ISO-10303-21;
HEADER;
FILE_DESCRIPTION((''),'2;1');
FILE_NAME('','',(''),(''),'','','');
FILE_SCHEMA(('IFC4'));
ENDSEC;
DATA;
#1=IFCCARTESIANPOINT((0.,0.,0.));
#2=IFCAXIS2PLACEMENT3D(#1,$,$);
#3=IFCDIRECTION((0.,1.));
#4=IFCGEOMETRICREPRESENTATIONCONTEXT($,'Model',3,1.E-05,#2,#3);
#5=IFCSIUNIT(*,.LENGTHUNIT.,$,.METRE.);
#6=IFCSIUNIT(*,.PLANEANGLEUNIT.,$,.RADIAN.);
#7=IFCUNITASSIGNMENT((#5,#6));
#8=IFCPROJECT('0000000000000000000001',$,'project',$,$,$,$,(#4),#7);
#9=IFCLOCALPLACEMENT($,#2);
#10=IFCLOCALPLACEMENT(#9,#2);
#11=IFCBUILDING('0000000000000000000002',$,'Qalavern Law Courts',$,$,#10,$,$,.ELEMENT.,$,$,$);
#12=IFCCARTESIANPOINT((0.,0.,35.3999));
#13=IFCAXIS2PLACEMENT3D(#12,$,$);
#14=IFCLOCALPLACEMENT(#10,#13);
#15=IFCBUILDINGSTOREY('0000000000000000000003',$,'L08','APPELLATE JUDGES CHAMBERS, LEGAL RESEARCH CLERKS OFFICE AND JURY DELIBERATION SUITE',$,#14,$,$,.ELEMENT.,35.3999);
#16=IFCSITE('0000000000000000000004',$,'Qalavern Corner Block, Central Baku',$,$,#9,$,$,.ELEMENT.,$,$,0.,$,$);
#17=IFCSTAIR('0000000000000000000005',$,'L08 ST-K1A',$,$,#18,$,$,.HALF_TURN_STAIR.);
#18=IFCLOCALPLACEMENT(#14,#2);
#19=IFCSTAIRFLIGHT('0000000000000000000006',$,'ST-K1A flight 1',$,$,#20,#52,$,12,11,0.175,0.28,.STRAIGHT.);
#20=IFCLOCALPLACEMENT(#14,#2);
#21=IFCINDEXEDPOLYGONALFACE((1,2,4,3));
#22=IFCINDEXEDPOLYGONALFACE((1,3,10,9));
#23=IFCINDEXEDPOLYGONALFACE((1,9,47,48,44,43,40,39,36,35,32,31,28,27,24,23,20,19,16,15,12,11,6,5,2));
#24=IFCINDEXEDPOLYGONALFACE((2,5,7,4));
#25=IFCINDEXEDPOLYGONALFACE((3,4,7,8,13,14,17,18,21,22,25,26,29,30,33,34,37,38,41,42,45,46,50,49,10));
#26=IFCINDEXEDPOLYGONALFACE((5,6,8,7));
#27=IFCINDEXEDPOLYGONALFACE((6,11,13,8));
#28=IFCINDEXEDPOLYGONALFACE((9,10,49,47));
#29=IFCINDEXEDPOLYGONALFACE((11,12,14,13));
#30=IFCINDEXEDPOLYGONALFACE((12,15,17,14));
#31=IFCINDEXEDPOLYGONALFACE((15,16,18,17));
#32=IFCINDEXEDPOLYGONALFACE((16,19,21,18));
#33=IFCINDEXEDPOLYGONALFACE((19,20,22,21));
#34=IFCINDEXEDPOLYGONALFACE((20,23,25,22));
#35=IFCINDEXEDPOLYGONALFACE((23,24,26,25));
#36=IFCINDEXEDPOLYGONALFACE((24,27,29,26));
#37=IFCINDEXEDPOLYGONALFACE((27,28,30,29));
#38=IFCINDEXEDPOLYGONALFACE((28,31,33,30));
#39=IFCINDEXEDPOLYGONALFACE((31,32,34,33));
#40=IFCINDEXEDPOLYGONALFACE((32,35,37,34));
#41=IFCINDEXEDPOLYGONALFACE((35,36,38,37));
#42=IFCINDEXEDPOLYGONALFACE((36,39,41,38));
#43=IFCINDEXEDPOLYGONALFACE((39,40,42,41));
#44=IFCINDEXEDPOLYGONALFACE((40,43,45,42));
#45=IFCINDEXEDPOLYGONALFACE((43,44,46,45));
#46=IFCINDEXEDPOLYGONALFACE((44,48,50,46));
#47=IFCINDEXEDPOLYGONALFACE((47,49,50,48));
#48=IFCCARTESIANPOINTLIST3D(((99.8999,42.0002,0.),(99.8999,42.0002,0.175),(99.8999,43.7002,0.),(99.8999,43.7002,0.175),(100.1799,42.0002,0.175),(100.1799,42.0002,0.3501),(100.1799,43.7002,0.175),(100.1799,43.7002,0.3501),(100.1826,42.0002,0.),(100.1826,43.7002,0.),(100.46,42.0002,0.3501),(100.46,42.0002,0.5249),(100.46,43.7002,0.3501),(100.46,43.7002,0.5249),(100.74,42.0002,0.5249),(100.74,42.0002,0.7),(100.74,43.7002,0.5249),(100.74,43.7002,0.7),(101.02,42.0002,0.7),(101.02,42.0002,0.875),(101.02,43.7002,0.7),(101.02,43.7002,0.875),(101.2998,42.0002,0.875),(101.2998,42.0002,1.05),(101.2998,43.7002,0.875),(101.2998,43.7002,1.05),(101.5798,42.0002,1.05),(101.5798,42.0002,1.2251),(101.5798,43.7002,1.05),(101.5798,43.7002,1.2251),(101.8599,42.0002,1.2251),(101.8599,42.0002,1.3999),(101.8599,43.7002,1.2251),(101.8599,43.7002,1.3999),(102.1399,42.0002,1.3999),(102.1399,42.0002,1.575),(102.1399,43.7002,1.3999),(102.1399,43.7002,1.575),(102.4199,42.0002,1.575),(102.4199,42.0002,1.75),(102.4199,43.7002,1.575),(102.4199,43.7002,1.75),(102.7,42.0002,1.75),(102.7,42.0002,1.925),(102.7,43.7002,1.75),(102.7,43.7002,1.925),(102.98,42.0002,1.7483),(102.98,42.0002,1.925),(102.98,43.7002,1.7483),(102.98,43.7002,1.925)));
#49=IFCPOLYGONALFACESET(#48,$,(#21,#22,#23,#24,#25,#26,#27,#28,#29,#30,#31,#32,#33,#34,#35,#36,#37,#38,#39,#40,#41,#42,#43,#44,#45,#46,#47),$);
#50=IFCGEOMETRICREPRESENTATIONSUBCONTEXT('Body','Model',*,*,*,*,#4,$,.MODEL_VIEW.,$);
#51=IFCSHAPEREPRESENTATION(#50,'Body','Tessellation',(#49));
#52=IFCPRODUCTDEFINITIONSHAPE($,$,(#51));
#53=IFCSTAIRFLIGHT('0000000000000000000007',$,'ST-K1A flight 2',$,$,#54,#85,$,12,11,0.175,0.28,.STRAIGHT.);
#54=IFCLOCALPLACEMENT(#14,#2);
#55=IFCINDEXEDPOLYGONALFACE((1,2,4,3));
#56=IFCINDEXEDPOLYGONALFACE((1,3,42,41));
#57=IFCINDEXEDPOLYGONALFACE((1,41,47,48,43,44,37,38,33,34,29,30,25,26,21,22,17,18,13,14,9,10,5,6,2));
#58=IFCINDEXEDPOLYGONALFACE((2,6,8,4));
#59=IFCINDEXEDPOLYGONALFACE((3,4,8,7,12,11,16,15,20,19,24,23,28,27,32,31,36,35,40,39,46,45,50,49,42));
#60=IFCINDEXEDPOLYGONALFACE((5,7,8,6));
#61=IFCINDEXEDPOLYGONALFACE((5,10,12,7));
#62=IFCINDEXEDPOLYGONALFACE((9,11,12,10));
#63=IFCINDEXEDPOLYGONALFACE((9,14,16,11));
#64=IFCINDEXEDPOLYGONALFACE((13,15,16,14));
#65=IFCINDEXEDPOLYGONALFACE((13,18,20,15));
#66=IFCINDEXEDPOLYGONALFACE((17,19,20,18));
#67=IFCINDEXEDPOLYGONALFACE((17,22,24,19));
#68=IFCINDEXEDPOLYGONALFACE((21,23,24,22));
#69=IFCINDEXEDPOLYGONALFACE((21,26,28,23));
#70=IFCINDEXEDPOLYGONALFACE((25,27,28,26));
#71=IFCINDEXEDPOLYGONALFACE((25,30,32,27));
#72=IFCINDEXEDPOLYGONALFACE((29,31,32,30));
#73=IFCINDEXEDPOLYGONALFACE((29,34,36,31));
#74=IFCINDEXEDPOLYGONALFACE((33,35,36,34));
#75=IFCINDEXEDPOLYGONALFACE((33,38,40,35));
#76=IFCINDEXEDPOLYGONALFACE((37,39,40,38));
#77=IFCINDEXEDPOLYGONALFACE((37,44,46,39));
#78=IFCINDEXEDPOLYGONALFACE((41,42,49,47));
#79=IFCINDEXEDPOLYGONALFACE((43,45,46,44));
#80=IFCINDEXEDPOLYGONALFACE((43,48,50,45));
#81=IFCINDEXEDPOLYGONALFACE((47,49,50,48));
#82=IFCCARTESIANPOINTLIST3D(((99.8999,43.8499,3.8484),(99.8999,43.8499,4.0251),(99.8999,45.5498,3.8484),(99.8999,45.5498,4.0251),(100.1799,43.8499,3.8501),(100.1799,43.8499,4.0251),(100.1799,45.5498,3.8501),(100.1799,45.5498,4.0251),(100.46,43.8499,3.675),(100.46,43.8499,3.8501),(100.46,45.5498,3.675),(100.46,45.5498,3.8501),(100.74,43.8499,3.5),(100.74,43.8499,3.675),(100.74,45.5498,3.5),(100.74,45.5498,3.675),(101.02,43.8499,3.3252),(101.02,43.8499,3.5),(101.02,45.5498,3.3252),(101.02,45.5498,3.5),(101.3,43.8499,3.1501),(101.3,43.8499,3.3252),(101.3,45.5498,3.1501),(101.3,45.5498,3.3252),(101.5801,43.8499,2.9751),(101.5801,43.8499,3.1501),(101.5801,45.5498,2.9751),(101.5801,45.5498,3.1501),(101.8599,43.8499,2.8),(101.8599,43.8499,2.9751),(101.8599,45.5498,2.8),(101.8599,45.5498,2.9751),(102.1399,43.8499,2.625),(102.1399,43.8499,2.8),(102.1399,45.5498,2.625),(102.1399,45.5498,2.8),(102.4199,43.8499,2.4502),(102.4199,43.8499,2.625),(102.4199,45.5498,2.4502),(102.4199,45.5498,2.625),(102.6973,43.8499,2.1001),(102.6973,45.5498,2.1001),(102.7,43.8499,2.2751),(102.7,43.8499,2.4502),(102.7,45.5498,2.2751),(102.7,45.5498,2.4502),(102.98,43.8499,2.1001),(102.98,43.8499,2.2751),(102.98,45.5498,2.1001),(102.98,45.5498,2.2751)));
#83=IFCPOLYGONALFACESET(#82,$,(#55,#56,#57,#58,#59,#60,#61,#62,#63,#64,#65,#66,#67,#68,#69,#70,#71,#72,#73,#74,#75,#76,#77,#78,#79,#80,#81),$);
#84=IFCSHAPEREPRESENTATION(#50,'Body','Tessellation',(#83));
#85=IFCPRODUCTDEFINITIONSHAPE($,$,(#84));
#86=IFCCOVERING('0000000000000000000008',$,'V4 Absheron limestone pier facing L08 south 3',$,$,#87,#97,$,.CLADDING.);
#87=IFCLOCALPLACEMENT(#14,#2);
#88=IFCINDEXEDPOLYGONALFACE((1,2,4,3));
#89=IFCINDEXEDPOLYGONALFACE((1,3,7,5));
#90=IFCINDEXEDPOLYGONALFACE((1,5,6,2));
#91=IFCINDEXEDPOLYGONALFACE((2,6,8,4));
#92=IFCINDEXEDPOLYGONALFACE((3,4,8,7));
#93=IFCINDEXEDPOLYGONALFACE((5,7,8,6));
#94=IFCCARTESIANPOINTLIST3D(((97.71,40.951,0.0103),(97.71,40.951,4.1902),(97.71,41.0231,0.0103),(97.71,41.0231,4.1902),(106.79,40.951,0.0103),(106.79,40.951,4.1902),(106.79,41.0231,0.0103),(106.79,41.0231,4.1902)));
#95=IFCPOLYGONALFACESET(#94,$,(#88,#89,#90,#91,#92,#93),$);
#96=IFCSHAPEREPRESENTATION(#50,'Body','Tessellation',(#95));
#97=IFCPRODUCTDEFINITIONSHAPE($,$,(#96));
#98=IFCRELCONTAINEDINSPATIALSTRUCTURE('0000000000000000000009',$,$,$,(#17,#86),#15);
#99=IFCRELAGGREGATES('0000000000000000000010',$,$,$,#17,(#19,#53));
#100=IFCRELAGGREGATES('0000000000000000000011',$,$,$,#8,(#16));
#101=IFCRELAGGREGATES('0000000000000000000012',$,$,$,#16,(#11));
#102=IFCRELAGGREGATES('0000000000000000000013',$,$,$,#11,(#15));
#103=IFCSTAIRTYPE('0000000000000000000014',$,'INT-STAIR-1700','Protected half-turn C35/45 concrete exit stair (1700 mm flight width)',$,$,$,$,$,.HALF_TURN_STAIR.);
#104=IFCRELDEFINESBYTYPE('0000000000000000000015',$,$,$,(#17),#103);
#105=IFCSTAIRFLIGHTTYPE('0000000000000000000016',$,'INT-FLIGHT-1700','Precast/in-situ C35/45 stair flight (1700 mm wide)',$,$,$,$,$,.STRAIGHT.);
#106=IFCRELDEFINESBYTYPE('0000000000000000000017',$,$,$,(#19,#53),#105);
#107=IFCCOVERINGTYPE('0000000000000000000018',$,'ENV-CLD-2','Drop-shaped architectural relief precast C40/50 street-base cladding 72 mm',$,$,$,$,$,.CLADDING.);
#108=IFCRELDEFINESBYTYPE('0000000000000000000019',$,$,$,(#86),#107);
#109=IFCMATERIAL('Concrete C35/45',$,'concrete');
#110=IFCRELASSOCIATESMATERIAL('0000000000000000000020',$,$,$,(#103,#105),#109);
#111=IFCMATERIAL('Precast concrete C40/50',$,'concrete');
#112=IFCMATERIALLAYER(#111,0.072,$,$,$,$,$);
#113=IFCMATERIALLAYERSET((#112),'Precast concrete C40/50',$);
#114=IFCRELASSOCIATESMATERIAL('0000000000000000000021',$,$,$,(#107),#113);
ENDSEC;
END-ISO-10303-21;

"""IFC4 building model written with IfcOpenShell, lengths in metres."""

from ifc_helpers import new_model, si_unit, direction, frame, origin, origin_2d, place, context, subcontext, project, spatial, polyline, rectangle, outline, extrude, material, layer, layer_set, type_object, element, aggregate, save


model = new_model("IFC4")

# Units and contexts
model_context = context("Model", 3, precision=1e-05, world=origin(), true_north=direction((0.0, 1.0)))
body_context = subcontext(model_context, "Body", "Model", "MODEL_VIEW")
ifc_project = project(units=[si_unit("LENGTHUNIT", "METRE"), si_unit("PLANEANGLEUNIT", "RADIAN")], contexts=[model_context])

# Site, building, storey
site_placement = place(None, origin())
site = spatial("IfcSite", under=ifc_project, at=site_placement, Name="Qalavern Corner Block, Central Baku", CompositionType="ELEMENT", RefElevation=0.0)
building_placement = place(site_placement, origin())
building = spatial("IfcBuilding", under=site, at=building_placement, Name="Qalavern Law Courts", CompositionType="ELEMENT")
storey_placement = place(building_placement, frame((0.0, 0.0, 35.3999)))
storey = spatial("IfcBuildingStorey", under=building, at=storey_placement, Name="L08", Description="APPELLATE JUDGES CHAMBERS, LEGAL RESEARCH CLERKS OFFICE AND JURY DELIBERATION SUITE", CompositionType="ELEMENT", Elevation=35.3999)

# Stair, stair flights
ifc_material_1 = material(Name="Concrete C35/45", Category="concrete")
stair_type = type_object("IfcStairType", Name="INT-STAIR-1700", Description="Protected half-turn C35/45 concrete exit stair (1700 mm flight width)", PredefinedType="HALF_TURN_STAIR", material=ifc_material_1)
stair_placement = place(storey_placement, origin())
stair = element("IfcStair", 1, at=stair_placement, inside=storey, type_object=stair_type, Name="L08 ST-K1A", PredefinedType="HALF_TURN_STAIR")
stair_flight_type = type_object("IfcStairFlightType", Name="INT-FLIGHT-1700", Description="Precast/in-situ C35/45 stair flight (1700 mm wide)", PredefinedType="STRAIGHT", material=ifc_material_1)
stair_flight_1_placement = place(storey_placement, frame((99.8999, 42.8501, 0.0), z_axis=(0.0, 0.0, 1.0), x_axis=(1.0, 0.0, 0.0)))
stair_flight_1 = element("IfcStairFlight", 2, at=stair_flight_1_placement, type_object=stair_flight_type, Name="ST-K1A flight 1", NumberOfRisers=12, NumberOfTreads=11, PredefinedType="STRAIGHT", RiserHeight=0.175, TreadLength=0.28, context=body_context, shape_type="SweptSolid", body=[
    extrude(outline(polyline([(0.0, 0.0), (0.0, 0.175), (0.28, 0.175), (0.28, 0.3501), (0.5601, 0.3501), (0.5601, 0.5249), (0.8401, 0.5249), (0.8401, 0.7), (1.1201, 0.7), (1.1201, 0.875), (1.3999, 0.875), (1.3999, 1.05), (1.6799, 1.05), (1.6799, 1.2251), (1.96, 1.2251), (1.96, 1.3999), (2.24, 1.3999), (2.24, 1.575), (2.52, 1.575), (2.52, 1.75), (2.8, 1.75), (2.8, 1.925), (3.0801, 1.925), (3.0801, 2.1001), (3.0801, 1.7483), (0.2827, 0.0), (0.0, 0.0)])), frame((0.0, 0.8501, 0.0), z_axis=(0.0, -1.0, 0.0), x_axis=(1.0, 0.0, 0.0)), (0.0, 0.0, 1.0), 1.7),
])
stair_flight_2_placement = place(storey_placement, frame((102.98, 44.7, 2.1001), z_axis=(0.0, 0.0, 1.0), x_axis=(-1.0, 0.0, 0.0)))
stair_flight_2 = element("IfcStairFlight", 3, at=stair_flight_2_placement, type_object=stair_flight_type, Name="ST-K1A flight 2", NumberOfRisers=12, NumberOfTreads=11, PredefinedType="STRAIGHT", RiserHeight=0.175, TreadLength=0.28, context=body_context, shape_type="SweptSolid", body=[
    extrude(outline(polyline([(0.0, 0.0), (0.0, 0.175), (0.28, 0.175), (0.28, 0.3501), (0.5601, 0.3501), (0.5601, 0.5249), (0.8401, 0.5249), (0.8401, 0.7), (1.1201, 0.7), (1.1201, 0.875), (1.3999, 0.875), (1.3999, 1.05), (1.6799, 1.05), (1.6799, 1.2251), (1.96, 1.2251), (1.96, 1.3999), (2.24, 1.3999), (2.24, 1.575), (2.52, 1.575), (2.52, 1.75), (2.8, 1.75), (2.8, 1.925), (3.0801, 1.925), (3.0801, 2.1001), (3.0801, 1.7483), (0.2827, 0.0), (0.0, 0.0)])), frame((0.0, 0.8501, 0.0), z_axis=(0.0, -1.0, 0.0), x_axis=(1.0, 0.0, 0.0)), (0.0, 0.0, 1.0), 1.7),
])
aggregate(stair, [stair_flight_1, stair_flight_2])

# Covering
ifc_material_2 = material(Name="Precast concrete C40/50", Category="concrete")
ifc_layer_1 = layer(ifc_material_2, 0.072)
ifc_layer_set_1 = layer_set([ifc_layer_1], Name="Precast concrete C40/50")
covering_type = type_object("IfcCoveringType", Name="ENV-CLD-2", Description="Drop-shaped architectural relief precast C40/50 street-base cladding 72 mm", PredefinedType="CLADDING", material=ifc_layer_set_1)
covering_placement = place(storey_placement, frame((102.25, 40.9871, 0.0103), z_axis=(0.0, 0.0, 1.0), x_axis=(1.0, 0.0, 0.0)))
element("IfcCovering", 4, at=covering_placement, inside=storey, type_object=covering_type, Name="V4 Absheron limestone pier facing L08 south 3", PredefinedType="CLADDING", context=body_context, shape_type="SweptSolid", body=[
    extrude(rectangle(XDim=9.0801, YDim=0.072, at=origin_2d()), origin(), (0.0, 0.0, 1.0), 4.1799),
])

save(model, "model.ifc")
